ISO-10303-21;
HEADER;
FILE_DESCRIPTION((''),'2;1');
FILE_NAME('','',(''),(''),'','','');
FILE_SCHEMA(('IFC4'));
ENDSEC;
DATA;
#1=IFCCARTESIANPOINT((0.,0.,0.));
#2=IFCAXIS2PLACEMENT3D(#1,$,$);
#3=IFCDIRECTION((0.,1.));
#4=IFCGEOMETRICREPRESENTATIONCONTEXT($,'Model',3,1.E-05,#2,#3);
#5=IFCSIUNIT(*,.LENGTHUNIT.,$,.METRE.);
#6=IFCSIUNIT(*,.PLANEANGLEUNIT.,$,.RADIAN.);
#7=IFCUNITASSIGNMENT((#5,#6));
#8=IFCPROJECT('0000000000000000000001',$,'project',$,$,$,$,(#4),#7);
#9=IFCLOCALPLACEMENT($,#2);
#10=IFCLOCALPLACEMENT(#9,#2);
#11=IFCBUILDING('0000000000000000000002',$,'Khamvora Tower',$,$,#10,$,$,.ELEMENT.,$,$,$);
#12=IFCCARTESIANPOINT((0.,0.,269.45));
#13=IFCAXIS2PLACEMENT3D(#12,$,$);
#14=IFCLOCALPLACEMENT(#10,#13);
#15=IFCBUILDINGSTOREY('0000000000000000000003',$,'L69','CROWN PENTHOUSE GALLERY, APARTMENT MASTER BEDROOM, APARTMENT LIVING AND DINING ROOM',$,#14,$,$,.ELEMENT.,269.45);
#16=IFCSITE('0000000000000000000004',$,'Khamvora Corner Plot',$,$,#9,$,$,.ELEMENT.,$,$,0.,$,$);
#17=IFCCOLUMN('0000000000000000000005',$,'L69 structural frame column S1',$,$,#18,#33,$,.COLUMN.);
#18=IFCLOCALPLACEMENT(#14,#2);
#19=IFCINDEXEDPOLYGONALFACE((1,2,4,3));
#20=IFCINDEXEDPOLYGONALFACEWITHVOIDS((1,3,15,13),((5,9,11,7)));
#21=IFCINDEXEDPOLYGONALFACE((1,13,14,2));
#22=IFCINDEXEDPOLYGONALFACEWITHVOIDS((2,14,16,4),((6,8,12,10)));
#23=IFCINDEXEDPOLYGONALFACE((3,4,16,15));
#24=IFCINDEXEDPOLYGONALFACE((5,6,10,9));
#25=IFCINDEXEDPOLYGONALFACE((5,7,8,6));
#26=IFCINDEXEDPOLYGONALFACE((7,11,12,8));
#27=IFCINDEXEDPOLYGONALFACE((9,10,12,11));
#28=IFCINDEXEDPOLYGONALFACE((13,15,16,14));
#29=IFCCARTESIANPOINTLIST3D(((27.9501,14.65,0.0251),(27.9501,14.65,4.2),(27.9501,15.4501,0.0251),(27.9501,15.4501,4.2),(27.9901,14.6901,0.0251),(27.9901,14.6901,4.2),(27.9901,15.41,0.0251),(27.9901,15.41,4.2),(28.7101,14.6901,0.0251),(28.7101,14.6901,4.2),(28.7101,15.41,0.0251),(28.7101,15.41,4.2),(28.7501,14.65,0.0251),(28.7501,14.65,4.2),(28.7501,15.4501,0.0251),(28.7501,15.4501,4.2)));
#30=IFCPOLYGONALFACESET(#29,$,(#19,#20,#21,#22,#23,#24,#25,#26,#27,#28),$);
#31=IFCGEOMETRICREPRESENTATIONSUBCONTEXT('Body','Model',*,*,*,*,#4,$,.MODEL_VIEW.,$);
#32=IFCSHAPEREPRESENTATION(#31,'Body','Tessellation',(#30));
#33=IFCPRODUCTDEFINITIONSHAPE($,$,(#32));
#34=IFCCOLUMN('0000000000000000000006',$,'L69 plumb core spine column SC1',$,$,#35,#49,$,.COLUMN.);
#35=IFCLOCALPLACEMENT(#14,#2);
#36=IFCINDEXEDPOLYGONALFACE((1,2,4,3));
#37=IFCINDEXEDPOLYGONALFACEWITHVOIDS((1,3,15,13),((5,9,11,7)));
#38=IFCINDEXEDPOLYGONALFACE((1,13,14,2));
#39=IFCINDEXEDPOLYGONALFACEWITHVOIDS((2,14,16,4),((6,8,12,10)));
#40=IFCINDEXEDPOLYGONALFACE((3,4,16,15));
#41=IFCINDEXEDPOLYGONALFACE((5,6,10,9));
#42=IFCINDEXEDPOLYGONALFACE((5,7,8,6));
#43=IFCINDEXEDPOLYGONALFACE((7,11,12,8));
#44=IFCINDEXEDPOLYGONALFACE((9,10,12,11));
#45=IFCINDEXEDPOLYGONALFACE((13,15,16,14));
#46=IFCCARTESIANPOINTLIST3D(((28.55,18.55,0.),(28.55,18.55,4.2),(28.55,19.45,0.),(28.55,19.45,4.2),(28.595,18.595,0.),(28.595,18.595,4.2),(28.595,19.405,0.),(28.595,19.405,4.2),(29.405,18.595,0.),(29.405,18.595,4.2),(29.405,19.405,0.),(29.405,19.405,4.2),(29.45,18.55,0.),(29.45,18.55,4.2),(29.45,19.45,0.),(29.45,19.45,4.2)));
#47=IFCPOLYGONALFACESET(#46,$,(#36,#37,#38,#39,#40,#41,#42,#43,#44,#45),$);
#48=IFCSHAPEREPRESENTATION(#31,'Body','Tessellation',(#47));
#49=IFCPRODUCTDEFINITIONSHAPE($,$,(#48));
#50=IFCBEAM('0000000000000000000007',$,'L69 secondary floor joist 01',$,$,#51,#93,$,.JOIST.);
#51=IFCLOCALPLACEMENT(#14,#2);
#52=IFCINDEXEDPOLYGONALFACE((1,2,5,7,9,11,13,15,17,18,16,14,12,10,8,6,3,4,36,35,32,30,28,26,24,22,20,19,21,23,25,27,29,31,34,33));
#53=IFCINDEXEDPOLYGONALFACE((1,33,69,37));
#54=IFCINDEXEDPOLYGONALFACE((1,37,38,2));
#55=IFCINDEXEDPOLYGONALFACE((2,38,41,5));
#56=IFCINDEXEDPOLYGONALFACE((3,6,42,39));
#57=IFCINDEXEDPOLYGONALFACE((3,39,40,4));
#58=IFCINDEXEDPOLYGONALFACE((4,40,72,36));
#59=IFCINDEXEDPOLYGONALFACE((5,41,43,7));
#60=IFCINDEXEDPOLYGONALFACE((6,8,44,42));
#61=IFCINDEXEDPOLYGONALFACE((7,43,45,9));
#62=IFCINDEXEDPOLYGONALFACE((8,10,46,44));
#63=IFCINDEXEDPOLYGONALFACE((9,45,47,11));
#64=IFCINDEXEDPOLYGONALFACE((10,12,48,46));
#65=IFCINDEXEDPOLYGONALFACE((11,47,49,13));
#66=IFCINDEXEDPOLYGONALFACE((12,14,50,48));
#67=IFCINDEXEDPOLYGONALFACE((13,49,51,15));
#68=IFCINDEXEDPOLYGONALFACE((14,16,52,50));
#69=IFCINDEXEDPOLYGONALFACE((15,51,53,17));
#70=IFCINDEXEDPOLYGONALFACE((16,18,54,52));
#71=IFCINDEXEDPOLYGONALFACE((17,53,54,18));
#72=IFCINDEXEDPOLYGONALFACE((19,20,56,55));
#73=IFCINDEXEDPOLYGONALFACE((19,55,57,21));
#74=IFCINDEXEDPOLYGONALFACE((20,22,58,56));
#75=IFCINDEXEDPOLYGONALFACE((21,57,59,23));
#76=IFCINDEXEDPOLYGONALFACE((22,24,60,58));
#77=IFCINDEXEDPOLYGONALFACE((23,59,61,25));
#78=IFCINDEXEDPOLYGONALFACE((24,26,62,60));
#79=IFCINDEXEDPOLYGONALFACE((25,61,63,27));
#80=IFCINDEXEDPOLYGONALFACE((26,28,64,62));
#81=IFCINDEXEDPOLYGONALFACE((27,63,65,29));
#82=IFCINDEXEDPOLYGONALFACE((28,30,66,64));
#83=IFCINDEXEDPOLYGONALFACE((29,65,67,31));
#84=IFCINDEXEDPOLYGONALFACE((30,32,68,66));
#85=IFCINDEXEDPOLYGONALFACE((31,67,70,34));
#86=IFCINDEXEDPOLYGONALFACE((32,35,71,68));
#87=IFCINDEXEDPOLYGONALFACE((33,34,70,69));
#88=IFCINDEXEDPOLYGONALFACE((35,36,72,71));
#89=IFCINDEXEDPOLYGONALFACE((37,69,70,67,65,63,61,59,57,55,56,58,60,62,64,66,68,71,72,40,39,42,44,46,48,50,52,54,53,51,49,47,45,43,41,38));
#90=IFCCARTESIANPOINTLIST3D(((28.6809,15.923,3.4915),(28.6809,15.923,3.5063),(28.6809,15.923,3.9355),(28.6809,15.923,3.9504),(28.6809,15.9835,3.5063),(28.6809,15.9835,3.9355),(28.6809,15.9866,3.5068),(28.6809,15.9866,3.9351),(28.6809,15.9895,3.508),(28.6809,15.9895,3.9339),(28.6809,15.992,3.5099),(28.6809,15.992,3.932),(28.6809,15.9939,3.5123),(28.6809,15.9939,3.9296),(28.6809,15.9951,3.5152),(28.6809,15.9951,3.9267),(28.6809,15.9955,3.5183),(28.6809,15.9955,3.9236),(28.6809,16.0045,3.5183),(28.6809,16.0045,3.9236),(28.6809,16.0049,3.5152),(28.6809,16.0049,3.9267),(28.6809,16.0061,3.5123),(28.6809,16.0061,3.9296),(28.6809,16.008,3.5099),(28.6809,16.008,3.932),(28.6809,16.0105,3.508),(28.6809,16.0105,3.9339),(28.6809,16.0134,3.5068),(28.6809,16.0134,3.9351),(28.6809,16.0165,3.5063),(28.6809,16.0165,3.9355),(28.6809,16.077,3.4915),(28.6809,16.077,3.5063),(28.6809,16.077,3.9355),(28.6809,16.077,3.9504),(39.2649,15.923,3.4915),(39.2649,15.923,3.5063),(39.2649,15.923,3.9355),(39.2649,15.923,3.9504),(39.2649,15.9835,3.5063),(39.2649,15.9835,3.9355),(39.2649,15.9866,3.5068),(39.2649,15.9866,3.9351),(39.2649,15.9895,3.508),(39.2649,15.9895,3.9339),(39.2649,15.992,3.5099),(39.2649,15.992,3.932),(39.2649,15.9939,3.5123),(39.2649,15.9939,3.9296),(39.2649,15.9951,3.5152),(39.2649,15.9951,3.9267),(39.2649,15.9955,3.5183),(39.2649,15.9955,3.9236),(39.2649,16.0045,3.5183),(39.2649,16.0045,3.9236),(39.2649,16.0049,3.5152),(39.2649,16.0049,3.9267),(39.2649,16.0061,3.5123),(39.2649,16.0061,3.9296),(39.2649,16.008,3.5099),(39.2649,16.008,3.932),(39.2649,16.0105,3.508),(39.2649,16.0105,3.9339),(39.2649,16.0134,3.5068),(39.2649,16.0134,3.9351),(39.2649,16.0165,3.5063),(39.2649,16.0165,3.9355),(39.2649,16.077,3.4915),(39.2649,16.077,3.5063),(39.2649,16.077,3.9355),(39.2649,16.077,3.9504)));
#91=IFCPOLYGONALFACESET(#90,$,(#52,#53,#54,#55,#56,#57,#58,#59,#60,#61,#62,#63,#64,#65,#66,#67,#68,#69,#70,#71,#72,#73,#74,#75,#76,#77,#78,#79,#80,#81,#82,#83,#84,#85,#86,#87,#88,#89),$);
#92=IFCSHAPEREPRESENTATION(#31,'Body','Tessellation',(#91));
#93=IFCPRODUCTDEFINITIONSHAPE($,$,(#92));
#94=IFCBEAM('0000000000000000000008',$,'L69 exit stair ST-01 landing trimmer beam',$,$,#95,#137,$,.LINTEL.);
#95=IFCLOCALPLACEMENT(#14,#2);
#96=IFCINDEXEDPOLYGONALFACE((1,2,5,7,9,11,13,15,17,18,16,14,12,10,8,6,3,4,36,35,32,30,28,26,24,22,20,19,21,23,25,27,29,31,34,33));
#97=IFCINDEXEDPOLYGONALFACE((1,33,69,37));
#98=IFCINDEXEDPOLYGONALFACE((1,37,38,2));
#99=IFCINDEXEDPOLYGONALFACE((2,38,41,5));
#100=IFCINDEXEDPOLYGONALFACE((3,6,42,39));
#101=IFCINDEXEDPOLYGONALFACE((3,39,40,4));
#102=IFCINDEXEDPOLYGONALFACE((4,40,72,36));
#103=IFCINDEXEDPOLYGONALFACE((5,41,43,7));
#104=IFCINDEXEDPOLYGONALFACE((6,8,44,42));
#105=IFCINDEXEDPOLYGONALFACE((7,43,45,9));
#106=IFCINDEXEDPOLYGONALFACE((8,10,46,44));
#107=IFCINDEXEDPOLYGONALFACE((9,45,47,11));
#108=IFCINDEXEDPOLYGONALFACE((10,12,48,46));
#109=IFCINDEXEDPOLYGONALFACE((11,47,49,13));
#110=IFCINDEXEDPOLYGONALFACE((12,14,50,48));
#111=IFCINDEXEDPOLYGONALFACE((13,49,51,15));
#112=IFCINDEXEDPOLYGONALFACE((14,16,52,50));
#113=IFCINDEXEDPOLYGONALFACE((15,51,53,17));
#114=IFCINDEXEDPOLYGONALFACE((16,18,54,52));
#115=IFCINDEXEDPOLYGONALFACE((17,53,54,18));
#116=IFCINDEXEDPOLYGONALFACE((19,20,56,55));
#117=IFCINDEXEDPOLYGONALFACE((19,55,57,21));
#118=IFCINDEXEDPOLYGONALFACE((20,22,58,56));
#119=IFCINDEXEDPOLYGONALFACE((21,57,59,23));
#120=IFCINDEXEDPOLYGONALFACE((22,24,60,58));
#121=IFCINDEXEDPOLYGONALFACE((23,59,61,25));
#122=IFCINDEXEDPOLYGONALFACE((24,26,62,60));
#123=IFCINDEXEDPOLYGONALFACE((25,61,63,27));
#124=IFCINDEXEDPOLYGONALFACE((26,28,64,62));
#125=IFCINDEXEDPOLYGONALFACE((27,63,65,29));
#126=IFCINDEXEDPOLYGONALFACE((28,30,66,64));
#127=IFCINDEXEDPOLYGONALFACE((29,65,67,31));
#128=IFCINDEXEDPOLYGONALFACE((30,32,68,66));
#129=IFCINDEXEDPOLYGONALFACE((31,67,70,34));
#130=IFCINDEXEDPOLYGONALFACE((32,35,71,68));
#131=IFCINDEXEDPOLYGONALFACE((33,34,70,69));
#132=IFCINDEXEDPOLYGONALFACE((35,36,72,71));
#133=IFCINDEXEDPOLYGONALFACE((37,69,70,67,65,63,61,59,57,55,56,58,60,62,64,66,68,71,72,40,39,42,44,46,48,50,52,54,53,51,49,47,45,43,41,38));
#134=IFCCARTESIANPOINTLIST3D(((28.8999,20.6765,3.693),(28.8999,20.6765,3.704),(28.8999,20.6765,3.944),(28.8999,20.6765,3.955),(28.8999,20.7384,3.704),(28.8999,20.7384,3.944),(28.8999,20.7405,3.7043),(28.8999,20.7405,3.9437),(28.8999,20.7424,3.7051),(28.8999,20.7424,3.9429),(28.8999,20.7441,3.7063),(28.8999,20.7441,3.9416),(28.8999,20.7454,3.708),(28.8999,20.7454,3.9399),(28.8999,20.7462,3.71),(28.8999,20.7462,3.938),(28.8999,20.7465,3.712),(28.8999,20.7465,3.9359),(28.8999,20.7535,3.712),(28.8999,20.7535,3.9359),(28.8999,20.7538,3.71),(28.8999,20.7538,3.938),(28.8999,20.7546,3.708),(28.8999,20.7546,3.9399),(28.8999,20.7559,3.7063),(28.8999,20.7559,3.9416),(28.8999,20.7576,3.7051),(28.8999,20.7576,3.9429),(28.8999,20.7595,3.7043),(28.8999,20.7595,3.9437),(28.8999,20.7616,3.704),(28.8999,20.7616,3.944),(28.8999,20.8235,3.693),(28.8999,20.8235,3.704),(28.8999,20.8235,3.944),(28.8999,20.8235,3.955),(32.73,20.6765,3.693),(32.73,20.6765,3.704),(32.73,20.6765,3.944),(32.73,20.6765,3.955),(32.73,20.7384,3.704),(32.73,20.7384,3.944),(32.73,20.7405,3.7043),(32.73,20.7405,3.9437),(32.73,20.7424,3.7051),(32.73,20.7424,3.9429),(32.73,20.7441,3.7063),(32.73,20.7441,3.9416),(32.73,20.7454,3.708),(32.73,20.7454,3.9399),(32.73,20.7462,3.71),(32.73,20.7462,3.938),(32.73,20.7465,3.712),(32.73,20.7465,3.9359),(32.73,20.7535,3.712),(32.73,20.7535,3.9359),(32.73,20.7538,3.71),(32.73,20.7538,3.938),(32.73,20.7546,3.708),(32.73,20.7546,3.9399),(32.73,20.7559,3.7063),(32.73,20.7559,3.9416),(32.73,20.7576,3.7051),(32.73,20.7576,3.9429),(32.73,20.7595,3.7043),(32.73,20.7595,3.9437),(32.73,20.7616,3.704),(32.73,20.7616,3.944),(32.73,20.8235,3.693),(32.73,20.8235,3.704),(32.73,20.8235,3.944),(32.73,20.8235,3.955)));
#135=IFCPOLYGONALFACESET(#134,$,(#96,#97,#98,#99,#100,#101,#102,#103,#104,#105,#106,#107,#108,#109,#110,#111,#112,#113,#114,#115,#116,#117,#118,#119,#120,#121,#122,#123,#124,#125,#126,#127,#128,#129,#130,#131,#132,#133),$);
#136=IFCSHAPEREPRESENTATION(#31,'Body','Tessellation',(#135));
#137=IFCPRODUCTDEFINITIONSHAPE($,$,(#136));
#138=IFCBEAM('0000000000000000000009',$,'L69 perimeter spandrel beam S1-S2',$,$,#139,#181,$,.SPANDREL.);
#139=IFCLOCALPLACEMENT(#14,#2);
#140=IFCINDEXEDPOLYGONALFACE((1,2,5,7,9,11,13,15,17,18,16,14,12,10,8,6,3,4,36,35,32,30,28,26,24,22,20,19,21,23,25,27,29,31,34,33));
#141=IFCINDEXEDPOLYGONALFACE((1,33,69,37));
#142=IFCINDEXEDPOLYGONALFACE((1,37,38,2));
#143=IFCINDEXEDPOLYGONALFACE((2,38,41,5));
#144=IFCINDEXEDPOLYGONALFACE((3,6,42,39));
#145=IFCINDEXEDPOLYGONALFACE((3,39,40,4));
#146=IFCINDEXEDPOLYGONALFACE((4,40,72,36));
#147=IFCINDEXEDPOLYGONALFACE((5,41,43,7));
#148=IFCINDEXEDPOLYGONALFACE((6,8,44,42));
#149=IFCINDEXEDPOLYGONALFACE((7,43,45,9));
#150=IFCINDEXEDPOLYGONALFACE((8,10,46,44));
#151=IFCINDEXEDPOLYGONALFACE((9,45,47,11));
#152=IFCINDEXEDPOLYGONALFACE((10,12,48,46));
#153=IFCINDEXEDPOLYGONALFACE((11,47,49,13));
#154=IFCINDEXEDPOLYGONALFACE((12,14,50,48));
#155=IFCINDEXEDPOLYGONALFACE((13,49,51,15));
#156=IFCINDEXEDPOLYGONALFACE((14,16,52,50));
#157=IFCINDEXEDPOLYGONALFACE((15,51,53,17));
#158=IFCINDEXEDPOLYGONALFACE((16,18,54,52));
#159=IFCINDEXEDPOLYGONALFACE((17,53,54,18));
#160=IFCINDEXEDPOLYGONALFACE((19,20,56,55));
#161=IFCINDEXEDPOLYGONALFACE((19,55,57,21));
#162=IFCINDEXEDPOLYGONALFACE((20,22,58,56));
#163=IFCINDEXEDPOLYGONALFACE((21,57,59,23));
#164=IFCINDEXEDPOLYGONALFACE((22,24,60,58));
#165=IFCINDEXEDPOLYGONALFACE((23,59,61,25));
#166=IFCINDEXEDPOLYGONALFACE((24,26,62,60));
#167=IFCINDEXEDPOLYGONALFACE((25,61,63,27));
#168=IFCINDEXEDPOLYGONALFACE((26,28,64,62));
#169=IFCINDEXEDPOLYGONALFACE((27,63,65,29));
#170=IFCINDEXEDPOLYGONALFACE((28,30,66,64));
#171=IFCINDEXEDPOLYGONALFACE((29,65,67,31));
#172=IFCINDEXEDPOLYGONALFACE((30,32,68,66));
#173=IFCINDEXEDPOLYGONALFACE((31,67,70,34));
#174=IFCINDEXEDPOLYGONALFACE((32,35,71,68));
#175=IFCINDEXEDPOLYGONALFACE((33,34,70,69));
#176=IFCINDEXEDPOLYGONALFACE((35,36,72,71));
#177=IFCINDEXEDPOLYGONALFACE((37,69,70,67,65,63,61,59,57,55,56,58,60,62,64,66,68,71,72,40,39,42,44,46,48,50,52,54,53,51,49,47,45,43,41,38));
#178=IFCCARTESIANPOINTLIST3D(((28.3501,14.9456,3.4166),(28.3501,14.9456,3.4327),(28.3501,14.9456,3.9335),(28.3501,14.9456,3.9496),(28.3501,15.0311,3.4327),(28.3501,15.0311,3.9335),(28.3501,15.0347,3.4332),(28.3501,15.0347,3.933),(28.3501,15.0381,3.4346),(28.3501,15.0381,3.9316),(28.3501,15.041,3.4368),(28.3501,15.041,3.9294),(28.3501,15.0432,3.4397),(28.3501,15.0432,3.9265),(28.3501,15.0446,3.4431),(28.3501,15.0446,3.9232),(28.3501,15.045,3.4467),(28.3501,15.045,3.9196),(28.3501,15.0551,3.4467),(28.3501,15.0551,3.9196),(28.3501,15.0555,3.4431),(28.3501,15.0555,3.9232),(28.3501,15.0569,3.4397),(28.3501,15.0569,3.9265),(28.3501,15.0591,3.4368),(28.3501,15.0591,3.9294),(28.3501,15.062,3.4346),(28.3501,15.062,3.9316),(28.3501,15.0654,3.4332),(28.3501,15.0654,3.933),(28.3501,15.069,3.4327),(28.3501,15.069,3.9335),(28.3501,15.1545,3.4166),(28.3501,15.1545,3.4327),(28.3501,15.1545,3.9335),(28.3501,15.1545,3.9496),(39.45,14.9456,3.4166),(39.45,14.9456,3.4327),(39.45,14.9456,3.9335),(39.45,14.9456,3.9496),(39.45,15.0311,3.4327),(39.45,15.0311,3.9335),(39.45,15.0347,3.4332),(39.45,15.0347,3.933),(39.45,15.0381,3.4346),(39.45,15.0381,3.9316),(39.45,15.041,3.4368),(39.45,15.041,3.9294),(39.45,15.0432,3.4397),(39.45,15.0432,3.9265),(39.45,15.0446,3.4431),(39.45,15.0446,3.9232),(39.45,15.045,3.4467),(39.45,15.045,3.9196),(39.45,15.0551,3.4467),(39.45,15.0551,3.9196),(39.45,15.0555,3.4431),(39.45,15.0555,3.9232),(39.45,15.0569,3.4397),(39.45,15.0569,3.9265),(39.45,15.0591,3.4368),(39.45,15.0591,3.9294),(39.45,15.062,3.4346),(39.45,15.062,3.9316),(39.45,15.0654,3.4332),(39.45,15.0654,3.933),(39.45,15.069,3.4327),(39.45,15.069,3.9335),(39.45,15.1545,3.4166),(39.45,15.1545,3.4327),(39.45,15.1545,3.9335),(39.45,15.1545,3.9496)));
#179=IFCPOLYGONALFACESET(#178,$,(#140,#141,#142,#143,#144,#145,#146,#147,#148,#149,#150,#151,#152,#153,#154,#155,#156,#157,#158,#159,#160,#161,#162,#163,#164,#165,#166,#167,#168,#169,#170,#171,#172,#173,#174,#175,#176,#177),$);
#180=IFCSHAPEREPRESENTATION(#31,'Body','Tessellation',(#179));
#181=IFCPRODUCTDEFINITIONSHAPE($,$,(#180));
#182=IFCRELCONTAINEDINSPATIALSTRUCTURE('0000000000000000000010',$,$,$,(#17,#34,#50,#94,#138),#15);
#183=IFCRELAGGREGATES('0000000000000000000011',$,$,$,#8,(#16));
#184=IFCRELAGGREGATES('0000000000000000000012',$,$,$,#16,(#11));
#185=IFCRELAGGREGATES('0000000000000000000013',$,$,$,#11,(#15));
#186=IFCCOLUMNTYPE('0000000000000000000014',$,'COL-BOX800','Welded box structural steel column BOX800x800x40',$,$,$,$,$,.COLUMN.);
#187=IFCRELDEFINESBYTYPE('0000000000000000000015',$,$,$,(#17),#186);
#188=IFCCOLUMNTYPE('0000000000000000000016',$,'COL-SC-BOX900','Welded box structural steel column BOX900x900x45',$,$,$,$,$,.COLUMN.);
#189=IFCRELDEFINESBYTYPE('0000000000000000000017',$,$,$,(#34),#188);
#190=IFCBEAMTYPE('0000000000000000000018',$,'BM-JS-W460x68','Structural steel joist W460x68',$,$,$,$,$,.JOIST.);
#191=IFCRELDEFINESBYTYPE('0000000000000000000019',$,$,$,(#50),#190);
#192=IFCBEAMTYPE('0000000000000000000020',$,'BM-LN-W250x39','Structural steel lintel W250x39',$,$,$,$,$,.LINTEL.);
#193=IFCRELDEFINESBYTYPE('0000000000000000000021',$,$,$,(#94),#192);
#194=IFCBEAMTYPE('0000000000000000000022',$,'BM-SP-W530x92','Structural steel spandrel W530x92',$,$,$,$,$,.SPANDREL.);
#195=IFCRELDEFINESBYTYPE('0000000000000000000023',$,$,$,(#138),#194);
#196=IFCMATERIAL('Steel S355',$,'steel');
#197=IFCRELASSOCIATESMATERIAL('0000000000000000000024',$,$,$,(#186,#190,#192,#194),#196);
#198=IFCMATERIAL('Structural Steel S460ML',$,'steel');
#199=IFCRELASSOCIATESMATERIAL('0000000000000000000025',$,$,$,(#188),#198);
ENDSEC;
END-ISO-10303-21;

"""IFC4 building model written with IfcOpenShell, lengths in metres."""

from ifc_helpers import new_model, si_unit, direction, frame, origin, origin_2d, place, context, subcontext, project, spatial, hollow_rectangle, i_section, extrude, material, material_profile, profile_set, type_object, element, save


model = new_model("IFC4")

# Units and contexts
model_context = context("Model", 3, precision=1e-05, world=origin(), true_north=direction((0.0, 1.0)))
body_context = subcontext(model_context, "Body", "Model", "MODEL_VIEW")
ifc_project = project(units=[si_unit("LENGTHUNIT", "METRE"), si_unit("PLANEANGLEUNIT", "RADIAN")], contexts=[model_context])

# Site, building, storey
site_placement = place(None, origin())
site = spatial("IfcSite", under=ifc_project, at=site_placement, Name="Khamvora Corner Plot", CompositionType="ELEMENT", RefElevation=0.0)
building_placement = place(site_placement, origin())
building = spatial("IfcBuilding", under=site, at=building_placement, Name="Khamvora Tower", CompositionType="ELEMENT")
storey_placement = place(building_placement, frame((0.0, 0.0, 269.45)))
storey = spatial("IfcBuildingStorey", under=building, at=storey_placement, Name="L69", Description="CROWN PENTHOUSE GALLERY, APARTMENT MASTER BEDROOM, APARTMENT LIVING AND DINING ROOM", CompositionType="ELEMENT", Elevation=269.45)

# Columns
ifc_material_1 = material(Name="Steel S355", Category="steel")
ifc_material_profile_1 = material_profile(ifc_material_1, hollow_rectangle(XDim=0.8, YDim=0.8, WallThickness=0.04, at=origin_2d()), Name="BOX800x800x40")
ifc_profile_set_1 = profile_set([ifc_material_profile_1], Name="Steel S355")
column_type_1 = type_object("IfcColumnType", Name="COL-BOX800", Description="Welded box structural steel column BOX800x800x40", PredefinedType="COLUMN", material=ifc_profile_set_1)
column_1_placement = place(storey_placement, frame((28.3501, 15.05, 0.0251), z_axis=(0.0, 0.0, 1.0), x_axis=(1.0, 0.0, 0.0)))
element("IfcColumn", 1, at=column_1_placement, inside=storey, type_object=column_type_1, Name="L69 structural frame column S1", PredefinedType="COLUMN", context=body_context, shape_type="SweptSolid", body=[
    extrude(hollow_rectangle(XDim=0.8, YDim=0.8, WallThickness=0.04, at=origin_2d()), origin(), (0.0, 0.0, 1.0), 4.1748),
])
ifc_material_2 = material(Name="Structural Steel S460ML", Category="steel")
ifc_material_profile_2 = material_profile(ifc_material_2, hollow_rectangle(XDim=0.8999, YDim=0.8999, WallThickness=0.0449, at=origin_2d()), Name="BOX900x900x45")
ifc_profile_set_2 = profile_set([ifc_material_profile_2], Name="Structural Steel S460ML")
column_type_2 = type_object("IfcColumnType", Name="COL-SC-BOX900", Description="Welded box structural steel column BOX900x900x45", PredefinedType="COLUMN", material=ifc_profile_set_2)
column_2_placement = place(storey_placement, frame((29.0, 19.0, 0.0), z_axis=(0.0, 0.0, 1.0), x_axis=(1.0, 0.0, 0.0)))
element("IfcColumn", 2, at=column_2_placement, inside=storey, type_object=column_type_2, Name="L69 plumb core spine column SC1", PredefinedType="COLUMN", context=body_context, shape_type="SweptSolid", body=[
    extrude(hollow_rectangle(XDim=0.8999, YDim=0.8999, WallThickness=0.0449, at=origin_2d()), origin(), (0.0, 0.0, 1.0), 4.2),
])

# Beams
ifc_material_profile_3 = material_profile(ifc_material_1, i_section(OverallWidth=0.1541, OverallDepth=0.459, WebThickness=0.009, FlangeThickness=0.0149, FilletRadius=0.012, at=origin_2d()), Name="W460x68")
ifc_profile_set_3 = profile_set([ifc_material_profile_3], Name="Steel S355")
beam_type_1 = type_object("IfcBeamType", Name="BM-JS-W460x68", Description="Structural steel joist W460x68", PredefinedType="JOIST", material=ifc_profile_set_3)
beam_1_placement = place(storey_placement, frame((28.6809, 16.0, 3.7209), z_axis=(1.0, 0.0, 0.0), x_axis=(0.0, 1.0, 0.0)))
element("IfcBeam", 3, at=beam_1_placement, inside=storey, type_object=beam_type_1, Name="L69 secondary floor joist 01", PredefinedType="JOIST", context=body_context, shape_type="SweptSolid", body=[
    extrude(i_section(OverallWidth=0.1541, OverallDepth=0.459, WebThickness=0.009, FlangeThickness=0.0149, FilletRadius=0.012, at=origin_2d()), origin(), (0.0, 0.0, 1.0), 10.584),
])
ifc_material_profile_4 = material_profile(ifc_material_1, i_section(OverallWidth=0.147, OverallDepth=0.262, WebThickness=0.0071, FlangeThickness=0.011, FilletRadius=0.0081, at=origin_2d()), Name="W250x39")
ifc_profile_set_4 = profile_set([ifc_material_profile_4], Name="Steel S355")
beam_type_2 = type_object("IfcBeamType", Name="BM-LN-W250x39", Description="Structural steel lintel W250x39", PredefinedType="LINTEL", material=ifc_profile_set_4)
beam_2_placement = place(storey_placement, frame((28.8999, 20.75, 3.824), z_axis=(1.0, 0.0, 0.0), x_axis=(0.0, 1.0, 0.0)))
element("IfcBeam", 4, at=beam_2_placement, inside=storey, type_object=beam_type_2, Name="L69 exit stair ST-01 landing trimmer beam", PredefinedType="LINTEL", context=body_context, shape_type="SweptSolid", body=[
    extrude(i_section(OverallWidth=0.147, OverallDepth=0.262, WebThickness=0.0071, FlangeThickness=0.011, FilletRadius=0.0081, at=origin_2d()), origin(), (0.0, 0.0, 1.0), 3.8301),
])
ifc_material_profile_5 = material_profile(ifc_material_1, i_section(OverallWidth=0.209, OverallDepth=0.533, WebThickness=0.01, FlangeThickness=0.0161, FilletRadius=0.0139, at=origin_2d()), Name="W530x92")
ifc_profile_set_5 = profile_set([ifc_material_profile_5], Name="Steel S355")
beam_type_3 = type_object("IfcBeamType", Name="BM-SP-W530x92", Description="Structural steel spandrel W530x92", PredefinedType="SPANDREL", material=ifc_profile_set_5)
beam_3_placement = place(storey_placement, frame((28.3501, 15.05, 3.6831), z_axis=(1.0, 0.0, 0.0), x_axis=(0.0, 1.0, 0.0)))
element("IfcBeam", 5, at=beam_3_placement, inside=storey, type_object=beam_type_3, Name="L69 perimeter spandrel beam S1-S2", PredefinedType="SPANDREL", context=body_context, shape_type="SweptSolid", body=[
    extrude(i_section(OverallWidth=0.209, OverallDepth=0.533, WebThickness=0.01, FlangeThickness=0.0161, FilletRadius=0.0139, at=origin_2d()), origin(), (0.0, 0.0, 1.0), 11.0999),
])

save(model, "model.ifc")
